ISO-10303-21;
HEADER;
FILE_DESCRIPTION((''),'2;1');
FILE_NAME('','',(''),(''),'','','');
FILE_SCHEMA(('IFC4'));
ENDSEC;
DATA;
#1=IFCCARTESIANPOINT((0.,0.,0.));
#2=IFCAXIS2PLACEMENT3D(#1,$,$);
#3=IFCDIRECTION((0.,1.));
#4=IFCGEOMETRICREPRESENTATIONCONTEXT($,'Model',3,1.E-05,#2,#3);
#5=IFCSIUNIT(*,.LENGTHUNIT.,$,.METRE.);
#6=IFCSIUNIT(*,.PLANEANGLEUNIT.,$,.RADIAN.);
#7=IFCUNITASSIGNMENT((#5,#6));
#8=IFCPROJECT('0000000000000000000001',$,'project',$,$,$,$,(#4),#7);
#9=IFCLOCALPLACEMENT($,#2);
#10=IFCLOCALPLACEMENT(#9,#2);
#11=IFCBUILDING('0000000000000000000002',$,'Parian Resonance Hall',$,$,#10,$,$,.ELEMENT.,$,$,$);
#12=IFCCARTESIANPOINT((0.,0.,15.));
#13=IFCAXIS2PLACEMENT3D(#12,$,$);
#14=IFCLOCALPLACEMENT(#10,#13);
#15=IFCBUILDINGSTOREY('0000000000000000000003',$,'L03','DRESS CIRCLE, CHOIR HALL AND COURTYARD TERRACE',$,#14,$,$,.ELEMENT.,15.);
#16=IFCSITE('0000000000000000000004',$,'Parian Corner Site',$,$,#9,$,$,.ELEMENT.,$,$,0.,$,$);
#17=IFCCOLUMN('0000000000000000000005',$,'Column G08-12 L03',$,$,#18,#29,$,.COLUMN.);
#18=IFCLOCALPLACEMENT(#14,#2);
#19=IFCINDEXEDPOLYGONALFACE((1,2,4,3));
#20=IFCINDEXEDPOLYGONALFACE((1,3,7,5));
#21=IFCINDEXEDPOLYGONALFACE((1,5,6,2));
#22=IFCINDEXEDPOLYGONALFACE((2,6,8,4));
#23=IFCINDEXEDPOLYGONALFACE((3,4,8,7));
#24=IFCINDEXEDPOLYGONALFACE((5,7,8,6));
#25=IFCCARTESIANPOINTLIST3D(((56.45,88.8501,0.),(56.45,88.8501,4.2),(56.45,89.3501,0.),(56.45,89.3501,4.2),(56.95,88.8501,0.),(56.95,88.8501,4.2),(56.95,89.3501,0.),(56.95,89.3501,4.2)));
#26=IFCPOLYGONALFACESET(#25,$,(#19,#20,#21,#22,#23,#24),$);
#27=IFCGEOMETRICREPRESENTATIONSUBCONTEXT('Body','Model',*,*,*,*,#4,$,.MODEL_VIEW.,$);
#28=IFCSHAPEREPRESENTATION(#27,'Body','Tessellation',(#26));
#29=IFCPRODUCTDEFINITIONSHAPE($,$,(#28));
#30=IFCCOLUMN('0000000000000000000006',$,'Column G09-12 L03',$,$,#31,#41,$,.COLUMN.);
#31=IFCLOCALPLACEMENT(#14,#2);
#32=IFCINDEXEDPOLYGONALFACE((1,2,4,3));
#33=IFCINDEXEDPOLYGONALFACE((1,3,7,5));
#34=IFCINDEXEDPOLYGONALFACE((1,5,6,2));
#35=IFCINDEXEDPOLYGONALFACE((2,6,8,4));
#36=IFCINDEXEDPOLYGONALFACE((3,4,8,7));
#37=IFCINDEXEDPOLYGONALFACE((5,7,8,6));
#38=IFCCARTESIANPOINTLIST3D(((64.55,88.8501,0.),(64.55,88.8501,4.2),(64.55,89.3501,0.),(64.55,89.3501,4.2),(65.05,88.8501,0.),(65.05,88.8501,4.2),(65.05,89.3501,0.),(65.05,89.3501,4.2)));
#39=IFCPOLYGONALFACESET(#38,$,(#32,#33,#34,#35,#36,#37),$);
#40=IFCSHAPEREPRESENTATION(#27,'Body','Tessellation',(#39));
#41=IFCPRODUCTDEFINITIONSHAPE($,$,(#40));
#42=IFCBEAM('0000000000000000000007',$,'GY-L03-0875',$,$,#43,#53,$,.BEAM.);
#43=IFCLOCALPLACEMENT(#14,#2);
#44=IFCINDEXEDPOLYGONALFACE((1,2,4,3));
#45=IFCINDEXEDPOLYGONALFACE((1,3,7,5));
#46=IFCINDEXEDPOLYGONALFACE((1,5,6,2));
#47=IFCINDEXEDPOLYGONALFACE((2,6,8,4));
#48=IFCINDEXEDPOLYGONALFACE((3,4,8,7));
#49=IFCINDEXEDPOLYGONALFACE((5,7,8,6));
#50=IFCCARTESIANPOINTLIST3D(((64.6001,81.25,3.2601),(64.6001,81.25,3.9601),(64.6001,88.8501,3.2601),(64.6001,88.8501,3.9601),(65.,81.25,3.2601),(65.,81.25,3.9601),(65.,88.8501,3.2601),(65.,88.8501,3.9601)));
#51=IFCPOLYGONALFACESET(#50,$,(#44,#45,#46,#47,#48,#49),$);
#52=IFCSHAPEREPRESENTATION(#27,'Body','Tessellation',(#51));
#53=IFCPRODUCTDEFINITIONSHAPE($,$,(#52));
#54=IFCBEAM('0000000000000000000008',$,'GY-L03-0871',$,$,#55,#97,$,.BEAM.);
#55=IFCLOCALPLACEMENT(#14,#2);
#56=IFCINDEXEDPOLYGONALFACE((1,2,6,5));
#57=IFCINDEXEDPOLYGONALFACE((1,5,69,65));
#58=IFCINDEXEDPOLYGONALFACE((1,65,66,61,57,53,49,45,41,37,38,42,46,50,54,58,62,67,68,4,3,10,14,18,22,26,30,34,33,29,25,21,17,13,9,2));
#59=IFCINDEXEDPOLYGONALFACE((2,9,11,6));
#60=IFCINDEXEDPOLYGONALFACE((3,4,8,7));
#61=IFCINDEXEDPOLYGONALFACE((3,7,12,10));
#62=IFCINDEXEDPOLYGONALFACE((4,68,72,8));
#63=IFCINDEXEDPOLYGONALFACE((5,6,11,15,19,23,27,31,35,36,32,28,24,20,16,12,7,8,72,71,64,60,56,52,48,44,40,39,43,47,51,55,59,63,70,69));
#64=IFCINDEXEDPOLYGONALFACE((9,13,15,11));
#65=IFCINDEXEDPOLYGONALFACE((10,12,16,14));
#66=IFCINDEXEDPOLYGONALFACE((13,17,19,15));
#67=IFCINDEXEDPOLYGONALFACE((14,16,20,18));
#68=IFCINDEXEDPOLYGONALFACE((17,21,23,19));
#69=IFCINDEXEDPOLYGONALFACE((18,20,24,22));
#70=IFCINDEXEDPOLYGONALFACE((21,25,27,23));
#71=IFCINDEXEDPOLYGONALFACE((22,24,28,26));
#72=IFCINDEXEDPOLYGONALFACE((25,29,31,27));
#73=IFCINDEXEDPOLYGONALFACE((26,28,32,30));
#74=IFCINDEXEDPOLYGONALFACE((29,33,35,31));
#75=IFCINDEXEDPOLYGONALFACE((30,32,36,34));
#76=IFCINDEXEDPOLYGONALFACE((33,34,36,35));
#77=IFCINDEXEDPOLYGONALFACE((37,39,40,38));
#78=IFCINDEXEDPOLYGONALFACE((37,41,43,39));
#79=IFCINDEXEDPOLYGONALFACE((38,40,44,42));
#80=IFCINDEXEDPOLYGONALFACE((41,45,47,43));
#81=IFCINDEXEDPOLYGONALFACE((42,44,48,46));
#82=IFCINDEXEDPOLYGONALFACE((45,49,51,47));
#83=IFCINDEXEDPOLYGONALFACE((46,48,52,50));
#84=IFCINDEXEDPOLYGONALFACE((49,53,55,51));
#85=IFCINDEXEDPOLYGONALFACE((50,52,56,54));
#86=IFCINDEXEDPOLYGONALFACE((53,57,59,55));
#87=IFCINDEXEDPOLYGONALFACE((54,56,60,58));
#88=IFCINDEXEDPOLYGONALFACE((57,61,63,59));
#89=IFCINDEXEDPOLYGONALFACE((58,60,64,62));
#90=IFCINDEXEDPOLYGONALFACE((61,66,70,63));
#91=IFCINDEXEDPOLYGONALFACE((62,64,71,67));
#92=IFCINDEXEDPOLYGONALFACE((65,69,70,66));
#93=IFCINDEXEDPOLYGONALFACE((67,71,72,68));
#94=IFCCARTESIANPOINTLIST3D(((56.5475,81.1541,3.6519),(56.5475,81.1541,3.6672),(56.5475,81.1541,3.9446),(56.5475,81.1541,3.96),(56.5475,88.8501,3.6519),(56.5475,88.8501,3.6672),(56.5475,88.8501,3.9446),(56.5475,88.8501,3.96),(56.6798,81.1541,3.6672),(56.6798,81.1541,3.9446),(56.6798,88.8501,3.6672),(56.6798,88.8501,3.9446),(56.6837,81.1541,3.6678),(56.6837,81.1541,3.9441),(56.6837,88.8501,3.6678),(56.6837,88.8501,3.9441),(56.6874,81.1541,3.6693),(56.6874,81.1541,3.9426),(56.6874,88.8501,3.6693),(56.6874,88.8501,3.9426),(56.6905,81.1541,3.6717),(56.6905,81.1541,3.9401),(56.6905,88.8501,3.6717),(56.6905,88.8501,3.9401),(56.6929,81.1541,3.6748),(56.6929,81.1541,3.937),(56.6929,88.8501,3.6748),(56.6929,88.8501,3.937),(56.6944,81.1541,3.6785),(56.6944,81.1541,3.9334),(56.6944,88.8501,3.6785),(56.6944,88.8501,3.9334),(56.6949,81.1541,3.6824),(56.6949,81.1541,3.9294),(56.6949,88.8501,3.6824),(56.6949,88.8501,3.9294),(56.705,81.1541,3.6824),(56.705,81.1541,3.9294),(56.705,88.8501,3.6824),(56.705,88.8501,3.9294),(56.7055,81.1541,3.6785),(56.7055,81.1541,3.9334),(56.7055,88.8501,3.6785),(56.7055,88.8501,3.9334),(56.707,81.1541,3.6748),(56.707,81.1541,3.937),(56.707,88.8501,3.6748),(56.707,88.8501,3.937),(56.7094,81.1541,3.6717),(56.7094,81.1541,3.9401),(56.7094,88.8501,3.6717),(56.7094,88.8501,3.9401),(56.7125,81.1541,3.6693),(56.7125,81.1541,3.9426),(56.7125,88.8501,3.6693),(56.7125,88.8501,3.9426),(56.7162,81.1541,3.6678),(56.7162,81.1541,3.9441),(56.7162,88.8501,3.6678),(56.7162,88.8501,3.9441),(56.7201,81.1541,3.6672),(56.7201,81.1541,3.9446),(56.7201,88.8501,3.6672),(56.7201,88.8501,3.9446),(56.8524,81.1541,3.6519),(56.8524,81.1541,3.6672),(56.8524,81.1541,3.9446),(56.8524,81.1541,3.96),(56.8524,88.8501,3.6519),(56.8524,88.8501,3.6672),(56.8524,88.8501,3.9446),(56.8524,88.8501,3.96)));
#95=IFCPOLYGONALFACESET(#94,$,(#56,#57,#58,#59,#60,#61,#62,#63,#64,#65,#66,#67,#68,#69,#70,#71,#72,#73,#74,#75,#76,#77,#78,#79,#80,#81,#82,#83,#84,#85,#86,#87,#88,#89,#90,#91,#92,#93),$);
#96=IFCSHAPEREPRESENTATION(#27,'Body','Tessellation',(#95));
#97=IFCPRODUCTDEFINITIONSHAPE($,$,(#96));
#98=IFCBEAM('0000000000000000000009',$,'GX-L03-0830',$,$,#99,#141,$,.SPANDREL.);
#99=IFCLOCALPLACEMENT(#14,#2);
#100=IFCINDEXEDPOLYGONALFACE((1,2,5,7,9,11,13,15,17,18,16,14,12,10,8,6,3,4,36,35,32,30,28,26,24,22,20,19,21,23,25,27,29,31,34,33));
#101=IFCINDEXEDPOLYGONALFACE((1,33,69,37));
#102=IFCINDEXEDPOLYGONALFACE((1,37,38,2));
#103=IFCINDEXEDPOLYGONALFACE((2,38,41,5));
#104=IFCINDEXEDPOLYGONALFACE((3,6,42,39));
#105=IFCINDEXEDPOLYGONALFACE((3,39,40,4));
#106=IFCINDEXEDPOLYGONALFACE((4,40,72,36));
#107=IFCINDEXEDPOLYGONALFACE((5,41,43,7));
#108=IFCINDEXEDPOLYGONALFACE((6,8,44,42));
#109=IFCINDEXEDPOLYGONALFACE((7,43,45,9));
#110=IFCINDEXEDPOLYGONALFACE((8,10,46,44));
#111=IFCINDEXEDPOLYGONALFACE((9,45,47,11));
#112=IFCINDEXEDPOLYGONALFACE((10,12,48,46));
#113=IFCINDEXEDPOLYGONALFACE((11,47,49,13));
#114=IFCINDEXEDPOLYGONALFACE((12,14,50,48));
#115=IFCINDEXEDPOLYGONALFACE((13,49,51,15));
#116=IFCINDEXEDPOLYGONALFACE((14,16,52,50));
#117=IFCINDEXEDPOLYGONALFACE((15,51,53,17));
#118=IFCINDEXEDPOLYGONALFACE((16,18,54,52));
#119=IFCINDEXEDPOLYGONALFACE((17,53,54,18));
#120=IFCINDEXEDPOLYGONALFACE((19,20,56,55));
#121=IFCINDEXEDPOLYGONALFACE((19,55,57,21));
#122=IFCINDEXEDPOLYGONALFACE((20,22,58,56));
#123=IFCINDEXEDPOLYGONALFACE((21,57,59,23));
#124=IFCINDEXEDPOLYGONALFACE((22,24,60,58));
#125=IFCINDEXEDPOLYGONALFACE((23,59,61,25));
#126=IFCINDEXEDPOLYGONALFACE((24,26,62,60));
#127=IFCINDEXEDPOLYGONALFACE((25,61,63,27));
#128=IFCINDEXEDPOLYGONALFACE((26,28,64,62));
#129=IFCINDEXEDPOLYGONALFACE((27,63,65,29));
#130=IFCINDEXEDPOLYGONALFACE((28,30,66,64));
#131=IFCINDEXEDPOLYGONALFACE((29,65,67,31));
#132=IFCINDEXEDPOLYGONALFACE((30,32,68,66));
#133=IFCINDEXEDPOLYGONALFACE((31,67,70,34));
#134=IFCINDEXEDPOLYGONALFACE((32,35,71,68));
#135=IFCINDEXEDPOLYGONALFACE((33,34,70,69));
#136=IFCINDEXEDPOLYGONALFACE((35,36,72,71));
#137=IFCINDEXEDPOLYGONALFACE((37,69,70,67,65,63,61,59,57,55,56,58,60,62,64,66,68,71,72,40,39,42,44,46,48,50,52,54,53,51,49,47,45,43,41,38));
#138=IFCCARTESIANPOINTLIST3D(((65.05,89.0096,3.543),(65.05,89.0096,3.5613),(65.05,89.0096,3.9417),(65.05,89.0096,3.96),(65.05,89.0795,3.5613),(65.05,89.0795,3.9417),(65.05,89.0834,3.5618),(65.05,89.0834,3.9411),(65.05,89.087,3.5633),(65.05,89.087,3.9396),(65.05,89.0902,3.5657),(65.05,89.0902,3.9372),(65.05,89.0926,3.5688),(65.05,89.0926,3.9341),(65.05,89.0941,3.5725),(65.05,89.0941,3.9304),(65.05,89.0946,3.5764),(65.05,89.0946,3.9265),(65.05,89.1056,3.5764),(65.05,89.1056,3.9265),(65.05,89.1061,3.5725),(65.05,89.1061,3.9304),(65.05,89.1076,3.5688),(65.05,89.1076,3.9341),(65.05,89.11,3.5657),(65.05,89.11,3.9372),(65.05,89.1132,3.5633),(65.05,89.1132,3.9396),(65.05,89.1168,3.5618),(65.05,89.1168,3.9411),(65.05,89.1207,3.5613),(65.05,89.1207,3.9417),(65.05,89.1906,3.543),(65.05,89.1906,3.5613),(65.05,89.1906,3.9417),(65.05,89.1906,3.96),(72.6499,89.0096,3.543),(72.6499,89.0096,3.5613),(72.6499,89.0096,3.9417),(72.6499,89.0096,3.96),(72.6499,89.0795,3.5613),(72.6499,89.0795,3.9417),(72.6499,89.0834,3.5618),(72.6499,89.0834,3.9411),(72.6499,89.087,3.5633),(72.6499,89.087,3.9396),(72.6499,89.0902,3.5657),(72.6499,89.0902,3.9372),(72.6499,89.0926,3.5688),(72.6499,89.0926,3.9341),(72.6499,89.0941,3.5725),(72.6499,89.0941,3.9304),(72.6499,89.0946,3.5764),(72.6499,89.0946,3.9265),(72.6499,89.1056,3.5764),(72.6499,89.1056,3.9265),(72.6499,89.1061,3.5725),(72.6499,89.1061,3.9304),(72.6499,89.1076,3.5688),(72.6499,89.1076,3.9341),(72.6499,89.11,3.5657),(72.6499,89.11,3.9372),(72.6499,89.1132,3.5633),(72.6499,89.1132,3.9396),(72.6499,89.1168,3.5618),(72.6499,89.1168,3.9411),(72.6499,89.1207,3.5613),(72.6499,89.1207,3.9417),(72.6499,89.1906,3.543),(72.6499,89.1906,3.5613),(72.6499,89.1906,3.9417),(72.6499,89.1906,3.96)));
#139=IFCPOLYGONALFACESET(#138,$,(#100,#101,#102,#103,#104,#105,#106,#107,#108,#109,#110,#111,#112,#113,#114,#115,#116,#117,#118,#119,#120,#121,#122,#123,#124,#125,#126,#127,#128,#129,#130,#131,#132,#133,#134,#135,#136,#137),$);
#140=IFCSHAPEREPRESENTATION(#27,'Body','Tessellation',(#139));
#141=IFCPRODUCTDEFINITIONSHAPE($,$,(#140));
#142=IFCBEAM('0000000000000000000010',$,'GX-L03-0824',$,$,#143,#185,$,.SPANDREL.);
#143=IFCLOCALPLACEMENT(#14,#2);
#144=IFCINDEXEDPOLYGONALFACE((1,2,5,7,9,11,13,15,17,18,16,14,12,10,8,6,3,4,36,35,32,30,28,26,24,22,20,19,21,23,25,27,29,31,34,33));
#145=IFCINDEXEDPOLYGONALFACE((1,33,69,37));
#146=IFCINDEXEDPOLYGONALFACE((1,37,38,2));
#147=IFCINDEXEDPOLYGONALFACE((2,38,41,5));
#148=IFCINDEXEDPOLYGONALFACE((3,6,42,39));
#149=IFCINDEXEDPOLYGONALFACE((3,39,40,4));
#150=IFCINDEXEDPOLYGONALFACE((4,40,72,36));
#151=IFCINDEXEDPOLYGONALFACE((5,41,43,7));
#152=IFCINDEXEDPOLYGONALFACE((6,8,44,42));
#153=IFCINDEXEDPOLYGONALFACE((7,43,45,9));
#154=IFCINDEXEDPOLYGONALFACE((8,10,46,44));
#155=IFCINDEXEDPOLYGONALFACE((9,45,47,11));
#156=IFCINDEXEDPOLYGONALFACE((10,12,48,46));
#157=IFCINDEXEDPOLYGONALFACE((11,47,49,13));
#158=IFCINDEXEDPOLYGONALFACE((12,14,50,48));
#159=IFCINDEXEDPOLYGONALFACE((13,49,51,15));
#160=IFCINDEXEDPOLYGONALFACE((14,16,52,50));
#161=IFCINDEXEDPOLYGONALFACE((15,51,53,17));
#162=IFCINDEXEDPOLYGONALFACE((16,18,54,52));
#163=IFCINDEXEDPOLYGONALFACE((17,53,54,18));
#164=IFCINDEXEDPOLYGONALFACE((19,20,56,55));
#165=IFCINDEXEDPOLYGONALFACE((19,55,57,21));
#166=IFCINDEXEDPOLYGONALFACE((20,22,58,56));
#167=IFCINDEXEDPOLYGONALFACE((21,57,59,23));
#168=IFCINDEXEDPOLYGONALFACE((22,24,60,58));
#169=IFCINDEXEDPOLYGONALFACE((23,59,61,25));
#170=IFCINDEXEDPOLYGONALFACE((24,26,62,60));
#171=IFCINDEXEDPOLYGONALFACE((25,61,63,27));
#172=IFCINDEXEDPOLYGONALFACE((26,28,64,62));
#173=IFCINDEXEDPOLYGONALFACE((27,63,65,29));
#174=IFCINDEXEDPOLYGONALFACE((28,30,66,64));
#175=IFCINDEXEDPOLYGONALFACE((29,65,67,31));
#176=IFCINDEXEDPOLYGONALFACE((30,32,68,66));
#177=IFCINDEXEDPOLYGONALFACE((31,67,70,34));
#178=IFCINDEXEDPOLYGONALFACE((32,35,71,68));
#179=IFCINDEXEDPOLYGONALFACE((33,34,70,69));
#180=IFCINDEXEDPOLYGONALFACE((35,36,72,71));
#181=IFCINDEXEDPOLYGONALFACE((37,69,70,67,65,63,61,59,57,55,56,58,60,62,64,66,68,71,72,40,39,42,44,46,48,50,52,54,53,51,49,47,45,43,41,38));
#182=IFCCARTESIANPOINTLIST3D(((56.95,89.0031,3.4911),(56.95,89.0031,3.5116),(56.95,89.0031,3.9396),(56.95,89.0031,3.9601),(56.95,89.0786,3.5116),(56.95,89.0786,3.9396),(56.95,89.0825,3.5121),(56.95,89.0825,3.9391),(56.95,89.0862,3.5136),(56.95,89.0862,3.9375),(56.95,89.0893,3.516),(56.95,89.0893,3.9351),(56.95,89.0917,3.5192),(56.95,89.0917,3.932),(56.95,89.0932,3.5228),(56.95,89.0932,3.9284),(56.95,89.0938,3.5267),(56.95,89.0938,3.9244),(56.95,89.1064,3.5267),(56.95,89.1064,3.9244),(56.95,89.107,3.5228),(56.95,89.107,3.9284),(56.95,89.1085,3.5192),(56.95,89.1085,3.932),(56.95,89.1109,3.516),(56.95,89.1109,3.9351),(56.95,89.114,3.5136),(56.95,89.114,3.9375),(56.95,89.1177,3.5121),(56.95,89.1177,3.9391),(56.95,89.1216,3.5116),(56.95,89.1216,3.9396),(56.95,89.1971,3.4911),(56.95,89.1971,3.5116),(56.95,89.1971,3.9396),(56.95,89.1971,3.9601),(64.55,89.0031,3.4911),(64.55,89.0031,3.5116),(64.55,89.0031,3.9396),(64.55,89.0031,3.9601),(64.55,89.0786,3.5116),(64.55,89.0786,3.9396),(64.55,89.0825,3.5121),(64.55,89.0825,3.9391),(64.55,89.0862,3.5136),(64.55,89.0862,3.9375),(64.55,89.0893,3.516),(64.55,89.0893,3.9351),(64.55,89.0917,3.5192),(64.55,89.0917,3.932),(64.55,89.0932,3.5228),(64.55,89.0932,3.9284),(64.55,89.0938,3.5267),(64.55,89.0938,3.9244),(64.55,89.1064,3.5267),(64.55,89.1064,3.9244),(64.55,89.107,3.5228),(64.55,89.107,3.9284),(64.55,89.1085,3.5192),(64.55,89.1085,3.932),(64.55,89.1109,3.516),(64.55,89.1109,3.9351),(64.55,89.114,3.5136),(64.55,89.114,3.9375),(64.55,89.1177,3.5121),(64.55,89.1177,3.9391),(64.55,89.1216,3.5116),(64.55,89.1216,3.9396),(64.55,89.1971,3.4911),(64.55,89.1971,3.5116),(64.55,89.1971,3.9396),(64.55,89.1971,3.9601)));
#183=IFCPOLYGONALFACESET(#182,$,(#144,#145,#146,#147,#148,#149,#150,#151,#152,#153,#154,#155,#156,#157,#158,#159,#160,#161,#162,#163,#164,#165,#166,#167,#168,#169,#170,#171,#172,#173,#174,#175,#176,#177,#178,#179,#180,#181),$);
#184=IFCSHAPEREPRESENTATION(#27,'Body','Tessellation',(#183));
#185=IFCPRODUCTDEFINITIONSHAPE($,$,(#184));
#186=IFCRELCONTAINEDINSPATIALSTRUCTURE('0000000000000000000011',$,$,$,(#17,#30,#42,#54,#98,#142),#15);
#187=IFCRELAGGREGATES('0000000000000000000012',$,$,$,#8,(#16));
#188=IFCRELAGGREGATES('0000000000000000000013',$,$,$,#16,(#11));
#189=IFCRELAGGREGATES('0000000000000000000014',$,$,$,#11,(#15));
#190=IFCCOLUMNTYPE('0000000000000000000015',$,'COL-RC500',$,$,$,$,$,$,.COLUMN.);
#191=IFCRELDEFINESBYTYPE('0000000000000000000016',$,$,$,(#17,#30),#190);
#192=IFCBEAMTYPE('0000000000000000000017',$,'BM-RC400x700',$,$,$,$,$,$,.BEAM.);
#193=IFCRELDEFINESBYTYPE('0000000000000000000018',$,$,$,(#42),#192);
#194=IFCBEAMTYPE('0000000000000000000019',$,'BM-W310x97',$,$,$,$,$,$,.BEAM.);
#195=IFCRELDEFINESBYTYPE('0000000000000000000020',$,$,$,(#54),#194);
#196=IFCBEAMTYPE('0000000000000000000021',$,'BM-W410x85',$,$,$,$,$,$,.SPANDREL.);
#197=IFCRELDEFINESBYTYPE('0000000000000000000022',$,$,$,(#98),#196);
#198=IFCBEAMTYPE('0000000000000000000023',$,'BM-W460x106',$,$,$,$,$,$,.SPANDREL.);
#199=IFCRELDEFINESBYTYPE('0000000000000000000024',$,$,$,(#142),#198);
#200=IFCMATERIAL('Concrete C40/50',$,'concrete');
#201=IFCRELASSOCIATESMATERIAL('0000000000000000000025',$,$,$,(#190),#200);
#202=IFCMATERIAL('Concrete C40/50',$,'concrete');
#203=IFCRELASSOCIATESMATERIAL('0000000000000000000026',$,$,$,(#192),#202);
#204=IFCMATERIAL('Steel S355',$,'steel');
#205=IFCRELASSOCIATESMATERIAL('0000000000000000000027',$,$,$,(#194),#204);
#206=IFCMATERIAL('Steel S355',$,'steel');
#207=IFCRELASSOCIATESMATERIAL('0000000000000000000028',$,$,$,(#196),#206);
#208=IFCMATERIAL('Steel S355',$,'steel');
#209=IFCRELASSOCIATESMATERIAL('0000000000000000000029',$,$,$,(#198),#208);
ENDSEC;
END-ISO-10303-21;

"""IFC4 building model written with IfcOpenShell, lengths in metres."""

from ifc_helpers import new_model, si_unit, direction, frame, origin, origin_2d, place, context, subcontext, project, spatial, rectangle, i_section, extrude, material, material_profile, profile_set, type_object, element, save


model = new_model("IFC4")

# Units and contexts
model_context = context("Model", 3, precision=1e-05, world=origin(), true_north=direction((0.0, 1.0)))
body_context = subcontext(model_context, "Body", "Model", "MODEL_VIEW")
ifc_project = project(units=[si_unit("LENGTHUNIT", "METRE"), si_unit("PLANEANGLEUNIT", "RADIAN")], contexts=[model_context])

# Site, building, storey
site_placement = place(None, origin())
site = spatial("IfcSite", under=ifc_project, at=site_placement, Name="Parian Corner Site", CompositionType="ELEMENT", RefElevation=0.0)
building_placement = place(site_placement, origin())
building = spatial("IfcBuilding", under=site, at=building_placement, Name="Parian Resonance Hall", CompositionType="ELEMENT")
storey_placement = place(building_placement, frame((0.0, 0.0, 15.0)))
storey = spatial("IfcBuildingStorey", under=building, at=storey_placement, Name="L03", Description="DRESS CIRCLE, CHOIR HALL AND COURTYARD TERRACE", CompositionType="ELEMENT", Elevation=15.0)

# Columns
ifc_material_1 = material(Name="Concrete C40/50", Category="concrete")
ifc_material_profile_1 = material_profile(ifc_material_1, rectangle(XDim=0.5, YDim=0.5, at=origin_2d()), Name="RC-COL-500x500")
ifc_profile_set_1 = profile_set([ifc_material_profile_1], Name="Concrete C40/50")
column_type = type_object("IfcColumnType", Name="COL-RC500", PredefinedType="COLUMN", material=ifc_profile_set_1)
for number, where, z_axis, x_axis, name in (
    (1, (56.7, 89.1001, 0.0), (0.0, 0.0, 1.0), (1.0, 0.0, 0.0), "Column G08-12 L03"),
    (2, (64.8, 89.1001, 0.0), (0.0, 0.0, 1.0), (1.0, 0.0, 0.0), "Column G09-12 L03"),
):
    element("IfcColumn", number, at=place(storey_placement, frame(where, z_axis=z_axis, x_axis=x_axis)), inside=storey, type_object=column_type, Name=name, PredefinedType="COLUMN", context=body_context, shape_type="SweptSolid", body=[
        extrude(rectangle(XDim=0.5, YDim=0.5, at=origin_2d()), origin(), (0.0, 0.0, 1.0), 4.2),
    ])

# Beams
ifc_material_2 = material(Name="Concrete C40/50", Category="concrete")
ifc_material_profile_2 = material_profile(ifc_material_2, rectangle(XDim=0.3999, YDim=0.7, at=origin_2d()), Name="RC-BM-400x700")
ifc_profile_set_2 = profile_set([ifc_material_profile_2], Name="Concrete C40/50")
beam_type_1 = type_object("IfcBeamType", Name="BM-RC400x700", PredefinedType="BEAM", material=ifc_profile_set_2)
beam_1_placement = place(storey_placement, frame((64.8, 81.25, 3.6101), z_axis=(0.0, 1.0, 0.0), x_axis=(-1.0, 0.0, 0.0)))
element("IfcBeam", 3, at=beam_1_placement, inside=storey, type_object=beam_type_1, Name="GY-L03-0875", PredefinedType="BEAM", context=body_context, shape_type="SweptSolid", body=[
    extrude(rectangle(XDim=0.3999, YDim=0.7, at=origin_2d()), origin(), (0.0, 0.0, 1.0), 7.6001),
])
ifc_material_3 = material(Name="Steel S355", Category="steel")
ifc_material_profile_3 = material_profile(ifc_material_3, i_section(OverallWidth=0.3049, OverallDepth=0.3081, WebThickness=0.01, FlangeThickness=0.0154, FilletRadius=0.0151, at=origin_2d()), Name="W310x97")
ifc_profile_set_3 = profile_set([ifc_material_profile_3], Name="Steel S355")
beam_type_2 = type_object("IfcBeamType", Name="BM-W310x97", PredefinedType="BEAM", material=ifc_profile_set_3)
beam_2_placement = place(storey_placement, frame((56.7, 81.1541, 3.8059), z_axis=(0.0, 1.0, 0.0), x_axis=(-1.0, 0.0, 0.0)))
element("IfcBeam", 4, at=beam_2_placement, inside=storey, type_object=beam_type_2, Name="GY-L03-0871", PredefinedType="BEAM", context=body_context, shape_type="SweptSolid", body=[
    extrude(i_section(OverallWidth=0.3049, OverallDepth=0.3081, WebThickness=0.01, FlangeThickness=0.0154, FilletRadius=0.0151, at=origin_2d()), origin(), (0.0, 0.0, 1.0), 7.696),
])
ifc_material_4 = material(Name="Steel S355", Category="steel")
ifc_material_profile_4 = material_profile(ifc_material_4, i_section(OverallWidth=0.1809, OverallDepth=0.417, WebThickness=0.011, FlangeThickness=0.0183, FilletRadius=0.0151, at=origin_2d()), Name="W410x85")
ifc_profile_set_4 = profile_set([ifc_material_profile_4], Name="Steel S355")
beam_type_3 = type_object("IfcBeamType", Name="BM-W410x85", PredefinedType="SPANDREL", material=ifc_profile_set_4)
beam_3_placement = place(storey_placement, frame((65.05, 89.1001, 3.7515), z_axis=(1.0, 0.0, 0.0), x_axis=(0.0, 1.0, 0.0)))
element("IfcBeam", 5, at=beam_3_placement, inside=storey, type_object=beam_type_3, Name="GX-L03-0830", PredefinedType="SPANDREL", context=body_context, shape_type="SweptSolid", body=[
    extrude(i_section(OverallWidth=0.1809, OverallDepth=0.417, WebThickness=0.011, FlangeThickness=0.0183, FilletRadius=0.0151, at=origin_2d()), origin(), (0.0, 0.0, 1.0), 7.5999),
])
ifc_material_5 = material(Name="Steel S355", Category="steel")
ifc_material_profile_5 = material_profile(ifc_material_5, i_section(OverallWidth=0.1941, OverallDepth=0.469, WebThickness=0.0127, FlangeThickness=0.0205, FilletRadius=0.0151, at=origin_2d()), Name="W460x106")
ifc_profile_set_5 = profile_set([ifc_material_profile_5], Name="Steel S355")
beam_type_4 = type_object("IfcBeamType", Name="BM-W460x106", PredefinedType="SPANDREL", material=ifc_profile_set_5)
beam_4_placement = place(storey_placement, frame((56.95, 89.1001, 3.7256), z_axis=(1.0, 0.0, 0.0), x_axis=(0.0, 1.0, 0.0)))
element("IfcBeam", 6, at=beam_4_placement, inside=storey, type_object=beam_type_4, Name="GX-L03-0824", PredefinedType="SPANDREL", context=body_context, shape_type="SweptSolid", body=[
    extrude(i_section(OverallWidth=0.1941, OverallDepth=0.469, WebThickness=0.0127, FlangeThickness=0.0205, FilletRadius=0.0151, at=origin_2d()), origin(), (0.0, 0.0, 1.0), 7.6001),
])

save(model, "model.ifc")
